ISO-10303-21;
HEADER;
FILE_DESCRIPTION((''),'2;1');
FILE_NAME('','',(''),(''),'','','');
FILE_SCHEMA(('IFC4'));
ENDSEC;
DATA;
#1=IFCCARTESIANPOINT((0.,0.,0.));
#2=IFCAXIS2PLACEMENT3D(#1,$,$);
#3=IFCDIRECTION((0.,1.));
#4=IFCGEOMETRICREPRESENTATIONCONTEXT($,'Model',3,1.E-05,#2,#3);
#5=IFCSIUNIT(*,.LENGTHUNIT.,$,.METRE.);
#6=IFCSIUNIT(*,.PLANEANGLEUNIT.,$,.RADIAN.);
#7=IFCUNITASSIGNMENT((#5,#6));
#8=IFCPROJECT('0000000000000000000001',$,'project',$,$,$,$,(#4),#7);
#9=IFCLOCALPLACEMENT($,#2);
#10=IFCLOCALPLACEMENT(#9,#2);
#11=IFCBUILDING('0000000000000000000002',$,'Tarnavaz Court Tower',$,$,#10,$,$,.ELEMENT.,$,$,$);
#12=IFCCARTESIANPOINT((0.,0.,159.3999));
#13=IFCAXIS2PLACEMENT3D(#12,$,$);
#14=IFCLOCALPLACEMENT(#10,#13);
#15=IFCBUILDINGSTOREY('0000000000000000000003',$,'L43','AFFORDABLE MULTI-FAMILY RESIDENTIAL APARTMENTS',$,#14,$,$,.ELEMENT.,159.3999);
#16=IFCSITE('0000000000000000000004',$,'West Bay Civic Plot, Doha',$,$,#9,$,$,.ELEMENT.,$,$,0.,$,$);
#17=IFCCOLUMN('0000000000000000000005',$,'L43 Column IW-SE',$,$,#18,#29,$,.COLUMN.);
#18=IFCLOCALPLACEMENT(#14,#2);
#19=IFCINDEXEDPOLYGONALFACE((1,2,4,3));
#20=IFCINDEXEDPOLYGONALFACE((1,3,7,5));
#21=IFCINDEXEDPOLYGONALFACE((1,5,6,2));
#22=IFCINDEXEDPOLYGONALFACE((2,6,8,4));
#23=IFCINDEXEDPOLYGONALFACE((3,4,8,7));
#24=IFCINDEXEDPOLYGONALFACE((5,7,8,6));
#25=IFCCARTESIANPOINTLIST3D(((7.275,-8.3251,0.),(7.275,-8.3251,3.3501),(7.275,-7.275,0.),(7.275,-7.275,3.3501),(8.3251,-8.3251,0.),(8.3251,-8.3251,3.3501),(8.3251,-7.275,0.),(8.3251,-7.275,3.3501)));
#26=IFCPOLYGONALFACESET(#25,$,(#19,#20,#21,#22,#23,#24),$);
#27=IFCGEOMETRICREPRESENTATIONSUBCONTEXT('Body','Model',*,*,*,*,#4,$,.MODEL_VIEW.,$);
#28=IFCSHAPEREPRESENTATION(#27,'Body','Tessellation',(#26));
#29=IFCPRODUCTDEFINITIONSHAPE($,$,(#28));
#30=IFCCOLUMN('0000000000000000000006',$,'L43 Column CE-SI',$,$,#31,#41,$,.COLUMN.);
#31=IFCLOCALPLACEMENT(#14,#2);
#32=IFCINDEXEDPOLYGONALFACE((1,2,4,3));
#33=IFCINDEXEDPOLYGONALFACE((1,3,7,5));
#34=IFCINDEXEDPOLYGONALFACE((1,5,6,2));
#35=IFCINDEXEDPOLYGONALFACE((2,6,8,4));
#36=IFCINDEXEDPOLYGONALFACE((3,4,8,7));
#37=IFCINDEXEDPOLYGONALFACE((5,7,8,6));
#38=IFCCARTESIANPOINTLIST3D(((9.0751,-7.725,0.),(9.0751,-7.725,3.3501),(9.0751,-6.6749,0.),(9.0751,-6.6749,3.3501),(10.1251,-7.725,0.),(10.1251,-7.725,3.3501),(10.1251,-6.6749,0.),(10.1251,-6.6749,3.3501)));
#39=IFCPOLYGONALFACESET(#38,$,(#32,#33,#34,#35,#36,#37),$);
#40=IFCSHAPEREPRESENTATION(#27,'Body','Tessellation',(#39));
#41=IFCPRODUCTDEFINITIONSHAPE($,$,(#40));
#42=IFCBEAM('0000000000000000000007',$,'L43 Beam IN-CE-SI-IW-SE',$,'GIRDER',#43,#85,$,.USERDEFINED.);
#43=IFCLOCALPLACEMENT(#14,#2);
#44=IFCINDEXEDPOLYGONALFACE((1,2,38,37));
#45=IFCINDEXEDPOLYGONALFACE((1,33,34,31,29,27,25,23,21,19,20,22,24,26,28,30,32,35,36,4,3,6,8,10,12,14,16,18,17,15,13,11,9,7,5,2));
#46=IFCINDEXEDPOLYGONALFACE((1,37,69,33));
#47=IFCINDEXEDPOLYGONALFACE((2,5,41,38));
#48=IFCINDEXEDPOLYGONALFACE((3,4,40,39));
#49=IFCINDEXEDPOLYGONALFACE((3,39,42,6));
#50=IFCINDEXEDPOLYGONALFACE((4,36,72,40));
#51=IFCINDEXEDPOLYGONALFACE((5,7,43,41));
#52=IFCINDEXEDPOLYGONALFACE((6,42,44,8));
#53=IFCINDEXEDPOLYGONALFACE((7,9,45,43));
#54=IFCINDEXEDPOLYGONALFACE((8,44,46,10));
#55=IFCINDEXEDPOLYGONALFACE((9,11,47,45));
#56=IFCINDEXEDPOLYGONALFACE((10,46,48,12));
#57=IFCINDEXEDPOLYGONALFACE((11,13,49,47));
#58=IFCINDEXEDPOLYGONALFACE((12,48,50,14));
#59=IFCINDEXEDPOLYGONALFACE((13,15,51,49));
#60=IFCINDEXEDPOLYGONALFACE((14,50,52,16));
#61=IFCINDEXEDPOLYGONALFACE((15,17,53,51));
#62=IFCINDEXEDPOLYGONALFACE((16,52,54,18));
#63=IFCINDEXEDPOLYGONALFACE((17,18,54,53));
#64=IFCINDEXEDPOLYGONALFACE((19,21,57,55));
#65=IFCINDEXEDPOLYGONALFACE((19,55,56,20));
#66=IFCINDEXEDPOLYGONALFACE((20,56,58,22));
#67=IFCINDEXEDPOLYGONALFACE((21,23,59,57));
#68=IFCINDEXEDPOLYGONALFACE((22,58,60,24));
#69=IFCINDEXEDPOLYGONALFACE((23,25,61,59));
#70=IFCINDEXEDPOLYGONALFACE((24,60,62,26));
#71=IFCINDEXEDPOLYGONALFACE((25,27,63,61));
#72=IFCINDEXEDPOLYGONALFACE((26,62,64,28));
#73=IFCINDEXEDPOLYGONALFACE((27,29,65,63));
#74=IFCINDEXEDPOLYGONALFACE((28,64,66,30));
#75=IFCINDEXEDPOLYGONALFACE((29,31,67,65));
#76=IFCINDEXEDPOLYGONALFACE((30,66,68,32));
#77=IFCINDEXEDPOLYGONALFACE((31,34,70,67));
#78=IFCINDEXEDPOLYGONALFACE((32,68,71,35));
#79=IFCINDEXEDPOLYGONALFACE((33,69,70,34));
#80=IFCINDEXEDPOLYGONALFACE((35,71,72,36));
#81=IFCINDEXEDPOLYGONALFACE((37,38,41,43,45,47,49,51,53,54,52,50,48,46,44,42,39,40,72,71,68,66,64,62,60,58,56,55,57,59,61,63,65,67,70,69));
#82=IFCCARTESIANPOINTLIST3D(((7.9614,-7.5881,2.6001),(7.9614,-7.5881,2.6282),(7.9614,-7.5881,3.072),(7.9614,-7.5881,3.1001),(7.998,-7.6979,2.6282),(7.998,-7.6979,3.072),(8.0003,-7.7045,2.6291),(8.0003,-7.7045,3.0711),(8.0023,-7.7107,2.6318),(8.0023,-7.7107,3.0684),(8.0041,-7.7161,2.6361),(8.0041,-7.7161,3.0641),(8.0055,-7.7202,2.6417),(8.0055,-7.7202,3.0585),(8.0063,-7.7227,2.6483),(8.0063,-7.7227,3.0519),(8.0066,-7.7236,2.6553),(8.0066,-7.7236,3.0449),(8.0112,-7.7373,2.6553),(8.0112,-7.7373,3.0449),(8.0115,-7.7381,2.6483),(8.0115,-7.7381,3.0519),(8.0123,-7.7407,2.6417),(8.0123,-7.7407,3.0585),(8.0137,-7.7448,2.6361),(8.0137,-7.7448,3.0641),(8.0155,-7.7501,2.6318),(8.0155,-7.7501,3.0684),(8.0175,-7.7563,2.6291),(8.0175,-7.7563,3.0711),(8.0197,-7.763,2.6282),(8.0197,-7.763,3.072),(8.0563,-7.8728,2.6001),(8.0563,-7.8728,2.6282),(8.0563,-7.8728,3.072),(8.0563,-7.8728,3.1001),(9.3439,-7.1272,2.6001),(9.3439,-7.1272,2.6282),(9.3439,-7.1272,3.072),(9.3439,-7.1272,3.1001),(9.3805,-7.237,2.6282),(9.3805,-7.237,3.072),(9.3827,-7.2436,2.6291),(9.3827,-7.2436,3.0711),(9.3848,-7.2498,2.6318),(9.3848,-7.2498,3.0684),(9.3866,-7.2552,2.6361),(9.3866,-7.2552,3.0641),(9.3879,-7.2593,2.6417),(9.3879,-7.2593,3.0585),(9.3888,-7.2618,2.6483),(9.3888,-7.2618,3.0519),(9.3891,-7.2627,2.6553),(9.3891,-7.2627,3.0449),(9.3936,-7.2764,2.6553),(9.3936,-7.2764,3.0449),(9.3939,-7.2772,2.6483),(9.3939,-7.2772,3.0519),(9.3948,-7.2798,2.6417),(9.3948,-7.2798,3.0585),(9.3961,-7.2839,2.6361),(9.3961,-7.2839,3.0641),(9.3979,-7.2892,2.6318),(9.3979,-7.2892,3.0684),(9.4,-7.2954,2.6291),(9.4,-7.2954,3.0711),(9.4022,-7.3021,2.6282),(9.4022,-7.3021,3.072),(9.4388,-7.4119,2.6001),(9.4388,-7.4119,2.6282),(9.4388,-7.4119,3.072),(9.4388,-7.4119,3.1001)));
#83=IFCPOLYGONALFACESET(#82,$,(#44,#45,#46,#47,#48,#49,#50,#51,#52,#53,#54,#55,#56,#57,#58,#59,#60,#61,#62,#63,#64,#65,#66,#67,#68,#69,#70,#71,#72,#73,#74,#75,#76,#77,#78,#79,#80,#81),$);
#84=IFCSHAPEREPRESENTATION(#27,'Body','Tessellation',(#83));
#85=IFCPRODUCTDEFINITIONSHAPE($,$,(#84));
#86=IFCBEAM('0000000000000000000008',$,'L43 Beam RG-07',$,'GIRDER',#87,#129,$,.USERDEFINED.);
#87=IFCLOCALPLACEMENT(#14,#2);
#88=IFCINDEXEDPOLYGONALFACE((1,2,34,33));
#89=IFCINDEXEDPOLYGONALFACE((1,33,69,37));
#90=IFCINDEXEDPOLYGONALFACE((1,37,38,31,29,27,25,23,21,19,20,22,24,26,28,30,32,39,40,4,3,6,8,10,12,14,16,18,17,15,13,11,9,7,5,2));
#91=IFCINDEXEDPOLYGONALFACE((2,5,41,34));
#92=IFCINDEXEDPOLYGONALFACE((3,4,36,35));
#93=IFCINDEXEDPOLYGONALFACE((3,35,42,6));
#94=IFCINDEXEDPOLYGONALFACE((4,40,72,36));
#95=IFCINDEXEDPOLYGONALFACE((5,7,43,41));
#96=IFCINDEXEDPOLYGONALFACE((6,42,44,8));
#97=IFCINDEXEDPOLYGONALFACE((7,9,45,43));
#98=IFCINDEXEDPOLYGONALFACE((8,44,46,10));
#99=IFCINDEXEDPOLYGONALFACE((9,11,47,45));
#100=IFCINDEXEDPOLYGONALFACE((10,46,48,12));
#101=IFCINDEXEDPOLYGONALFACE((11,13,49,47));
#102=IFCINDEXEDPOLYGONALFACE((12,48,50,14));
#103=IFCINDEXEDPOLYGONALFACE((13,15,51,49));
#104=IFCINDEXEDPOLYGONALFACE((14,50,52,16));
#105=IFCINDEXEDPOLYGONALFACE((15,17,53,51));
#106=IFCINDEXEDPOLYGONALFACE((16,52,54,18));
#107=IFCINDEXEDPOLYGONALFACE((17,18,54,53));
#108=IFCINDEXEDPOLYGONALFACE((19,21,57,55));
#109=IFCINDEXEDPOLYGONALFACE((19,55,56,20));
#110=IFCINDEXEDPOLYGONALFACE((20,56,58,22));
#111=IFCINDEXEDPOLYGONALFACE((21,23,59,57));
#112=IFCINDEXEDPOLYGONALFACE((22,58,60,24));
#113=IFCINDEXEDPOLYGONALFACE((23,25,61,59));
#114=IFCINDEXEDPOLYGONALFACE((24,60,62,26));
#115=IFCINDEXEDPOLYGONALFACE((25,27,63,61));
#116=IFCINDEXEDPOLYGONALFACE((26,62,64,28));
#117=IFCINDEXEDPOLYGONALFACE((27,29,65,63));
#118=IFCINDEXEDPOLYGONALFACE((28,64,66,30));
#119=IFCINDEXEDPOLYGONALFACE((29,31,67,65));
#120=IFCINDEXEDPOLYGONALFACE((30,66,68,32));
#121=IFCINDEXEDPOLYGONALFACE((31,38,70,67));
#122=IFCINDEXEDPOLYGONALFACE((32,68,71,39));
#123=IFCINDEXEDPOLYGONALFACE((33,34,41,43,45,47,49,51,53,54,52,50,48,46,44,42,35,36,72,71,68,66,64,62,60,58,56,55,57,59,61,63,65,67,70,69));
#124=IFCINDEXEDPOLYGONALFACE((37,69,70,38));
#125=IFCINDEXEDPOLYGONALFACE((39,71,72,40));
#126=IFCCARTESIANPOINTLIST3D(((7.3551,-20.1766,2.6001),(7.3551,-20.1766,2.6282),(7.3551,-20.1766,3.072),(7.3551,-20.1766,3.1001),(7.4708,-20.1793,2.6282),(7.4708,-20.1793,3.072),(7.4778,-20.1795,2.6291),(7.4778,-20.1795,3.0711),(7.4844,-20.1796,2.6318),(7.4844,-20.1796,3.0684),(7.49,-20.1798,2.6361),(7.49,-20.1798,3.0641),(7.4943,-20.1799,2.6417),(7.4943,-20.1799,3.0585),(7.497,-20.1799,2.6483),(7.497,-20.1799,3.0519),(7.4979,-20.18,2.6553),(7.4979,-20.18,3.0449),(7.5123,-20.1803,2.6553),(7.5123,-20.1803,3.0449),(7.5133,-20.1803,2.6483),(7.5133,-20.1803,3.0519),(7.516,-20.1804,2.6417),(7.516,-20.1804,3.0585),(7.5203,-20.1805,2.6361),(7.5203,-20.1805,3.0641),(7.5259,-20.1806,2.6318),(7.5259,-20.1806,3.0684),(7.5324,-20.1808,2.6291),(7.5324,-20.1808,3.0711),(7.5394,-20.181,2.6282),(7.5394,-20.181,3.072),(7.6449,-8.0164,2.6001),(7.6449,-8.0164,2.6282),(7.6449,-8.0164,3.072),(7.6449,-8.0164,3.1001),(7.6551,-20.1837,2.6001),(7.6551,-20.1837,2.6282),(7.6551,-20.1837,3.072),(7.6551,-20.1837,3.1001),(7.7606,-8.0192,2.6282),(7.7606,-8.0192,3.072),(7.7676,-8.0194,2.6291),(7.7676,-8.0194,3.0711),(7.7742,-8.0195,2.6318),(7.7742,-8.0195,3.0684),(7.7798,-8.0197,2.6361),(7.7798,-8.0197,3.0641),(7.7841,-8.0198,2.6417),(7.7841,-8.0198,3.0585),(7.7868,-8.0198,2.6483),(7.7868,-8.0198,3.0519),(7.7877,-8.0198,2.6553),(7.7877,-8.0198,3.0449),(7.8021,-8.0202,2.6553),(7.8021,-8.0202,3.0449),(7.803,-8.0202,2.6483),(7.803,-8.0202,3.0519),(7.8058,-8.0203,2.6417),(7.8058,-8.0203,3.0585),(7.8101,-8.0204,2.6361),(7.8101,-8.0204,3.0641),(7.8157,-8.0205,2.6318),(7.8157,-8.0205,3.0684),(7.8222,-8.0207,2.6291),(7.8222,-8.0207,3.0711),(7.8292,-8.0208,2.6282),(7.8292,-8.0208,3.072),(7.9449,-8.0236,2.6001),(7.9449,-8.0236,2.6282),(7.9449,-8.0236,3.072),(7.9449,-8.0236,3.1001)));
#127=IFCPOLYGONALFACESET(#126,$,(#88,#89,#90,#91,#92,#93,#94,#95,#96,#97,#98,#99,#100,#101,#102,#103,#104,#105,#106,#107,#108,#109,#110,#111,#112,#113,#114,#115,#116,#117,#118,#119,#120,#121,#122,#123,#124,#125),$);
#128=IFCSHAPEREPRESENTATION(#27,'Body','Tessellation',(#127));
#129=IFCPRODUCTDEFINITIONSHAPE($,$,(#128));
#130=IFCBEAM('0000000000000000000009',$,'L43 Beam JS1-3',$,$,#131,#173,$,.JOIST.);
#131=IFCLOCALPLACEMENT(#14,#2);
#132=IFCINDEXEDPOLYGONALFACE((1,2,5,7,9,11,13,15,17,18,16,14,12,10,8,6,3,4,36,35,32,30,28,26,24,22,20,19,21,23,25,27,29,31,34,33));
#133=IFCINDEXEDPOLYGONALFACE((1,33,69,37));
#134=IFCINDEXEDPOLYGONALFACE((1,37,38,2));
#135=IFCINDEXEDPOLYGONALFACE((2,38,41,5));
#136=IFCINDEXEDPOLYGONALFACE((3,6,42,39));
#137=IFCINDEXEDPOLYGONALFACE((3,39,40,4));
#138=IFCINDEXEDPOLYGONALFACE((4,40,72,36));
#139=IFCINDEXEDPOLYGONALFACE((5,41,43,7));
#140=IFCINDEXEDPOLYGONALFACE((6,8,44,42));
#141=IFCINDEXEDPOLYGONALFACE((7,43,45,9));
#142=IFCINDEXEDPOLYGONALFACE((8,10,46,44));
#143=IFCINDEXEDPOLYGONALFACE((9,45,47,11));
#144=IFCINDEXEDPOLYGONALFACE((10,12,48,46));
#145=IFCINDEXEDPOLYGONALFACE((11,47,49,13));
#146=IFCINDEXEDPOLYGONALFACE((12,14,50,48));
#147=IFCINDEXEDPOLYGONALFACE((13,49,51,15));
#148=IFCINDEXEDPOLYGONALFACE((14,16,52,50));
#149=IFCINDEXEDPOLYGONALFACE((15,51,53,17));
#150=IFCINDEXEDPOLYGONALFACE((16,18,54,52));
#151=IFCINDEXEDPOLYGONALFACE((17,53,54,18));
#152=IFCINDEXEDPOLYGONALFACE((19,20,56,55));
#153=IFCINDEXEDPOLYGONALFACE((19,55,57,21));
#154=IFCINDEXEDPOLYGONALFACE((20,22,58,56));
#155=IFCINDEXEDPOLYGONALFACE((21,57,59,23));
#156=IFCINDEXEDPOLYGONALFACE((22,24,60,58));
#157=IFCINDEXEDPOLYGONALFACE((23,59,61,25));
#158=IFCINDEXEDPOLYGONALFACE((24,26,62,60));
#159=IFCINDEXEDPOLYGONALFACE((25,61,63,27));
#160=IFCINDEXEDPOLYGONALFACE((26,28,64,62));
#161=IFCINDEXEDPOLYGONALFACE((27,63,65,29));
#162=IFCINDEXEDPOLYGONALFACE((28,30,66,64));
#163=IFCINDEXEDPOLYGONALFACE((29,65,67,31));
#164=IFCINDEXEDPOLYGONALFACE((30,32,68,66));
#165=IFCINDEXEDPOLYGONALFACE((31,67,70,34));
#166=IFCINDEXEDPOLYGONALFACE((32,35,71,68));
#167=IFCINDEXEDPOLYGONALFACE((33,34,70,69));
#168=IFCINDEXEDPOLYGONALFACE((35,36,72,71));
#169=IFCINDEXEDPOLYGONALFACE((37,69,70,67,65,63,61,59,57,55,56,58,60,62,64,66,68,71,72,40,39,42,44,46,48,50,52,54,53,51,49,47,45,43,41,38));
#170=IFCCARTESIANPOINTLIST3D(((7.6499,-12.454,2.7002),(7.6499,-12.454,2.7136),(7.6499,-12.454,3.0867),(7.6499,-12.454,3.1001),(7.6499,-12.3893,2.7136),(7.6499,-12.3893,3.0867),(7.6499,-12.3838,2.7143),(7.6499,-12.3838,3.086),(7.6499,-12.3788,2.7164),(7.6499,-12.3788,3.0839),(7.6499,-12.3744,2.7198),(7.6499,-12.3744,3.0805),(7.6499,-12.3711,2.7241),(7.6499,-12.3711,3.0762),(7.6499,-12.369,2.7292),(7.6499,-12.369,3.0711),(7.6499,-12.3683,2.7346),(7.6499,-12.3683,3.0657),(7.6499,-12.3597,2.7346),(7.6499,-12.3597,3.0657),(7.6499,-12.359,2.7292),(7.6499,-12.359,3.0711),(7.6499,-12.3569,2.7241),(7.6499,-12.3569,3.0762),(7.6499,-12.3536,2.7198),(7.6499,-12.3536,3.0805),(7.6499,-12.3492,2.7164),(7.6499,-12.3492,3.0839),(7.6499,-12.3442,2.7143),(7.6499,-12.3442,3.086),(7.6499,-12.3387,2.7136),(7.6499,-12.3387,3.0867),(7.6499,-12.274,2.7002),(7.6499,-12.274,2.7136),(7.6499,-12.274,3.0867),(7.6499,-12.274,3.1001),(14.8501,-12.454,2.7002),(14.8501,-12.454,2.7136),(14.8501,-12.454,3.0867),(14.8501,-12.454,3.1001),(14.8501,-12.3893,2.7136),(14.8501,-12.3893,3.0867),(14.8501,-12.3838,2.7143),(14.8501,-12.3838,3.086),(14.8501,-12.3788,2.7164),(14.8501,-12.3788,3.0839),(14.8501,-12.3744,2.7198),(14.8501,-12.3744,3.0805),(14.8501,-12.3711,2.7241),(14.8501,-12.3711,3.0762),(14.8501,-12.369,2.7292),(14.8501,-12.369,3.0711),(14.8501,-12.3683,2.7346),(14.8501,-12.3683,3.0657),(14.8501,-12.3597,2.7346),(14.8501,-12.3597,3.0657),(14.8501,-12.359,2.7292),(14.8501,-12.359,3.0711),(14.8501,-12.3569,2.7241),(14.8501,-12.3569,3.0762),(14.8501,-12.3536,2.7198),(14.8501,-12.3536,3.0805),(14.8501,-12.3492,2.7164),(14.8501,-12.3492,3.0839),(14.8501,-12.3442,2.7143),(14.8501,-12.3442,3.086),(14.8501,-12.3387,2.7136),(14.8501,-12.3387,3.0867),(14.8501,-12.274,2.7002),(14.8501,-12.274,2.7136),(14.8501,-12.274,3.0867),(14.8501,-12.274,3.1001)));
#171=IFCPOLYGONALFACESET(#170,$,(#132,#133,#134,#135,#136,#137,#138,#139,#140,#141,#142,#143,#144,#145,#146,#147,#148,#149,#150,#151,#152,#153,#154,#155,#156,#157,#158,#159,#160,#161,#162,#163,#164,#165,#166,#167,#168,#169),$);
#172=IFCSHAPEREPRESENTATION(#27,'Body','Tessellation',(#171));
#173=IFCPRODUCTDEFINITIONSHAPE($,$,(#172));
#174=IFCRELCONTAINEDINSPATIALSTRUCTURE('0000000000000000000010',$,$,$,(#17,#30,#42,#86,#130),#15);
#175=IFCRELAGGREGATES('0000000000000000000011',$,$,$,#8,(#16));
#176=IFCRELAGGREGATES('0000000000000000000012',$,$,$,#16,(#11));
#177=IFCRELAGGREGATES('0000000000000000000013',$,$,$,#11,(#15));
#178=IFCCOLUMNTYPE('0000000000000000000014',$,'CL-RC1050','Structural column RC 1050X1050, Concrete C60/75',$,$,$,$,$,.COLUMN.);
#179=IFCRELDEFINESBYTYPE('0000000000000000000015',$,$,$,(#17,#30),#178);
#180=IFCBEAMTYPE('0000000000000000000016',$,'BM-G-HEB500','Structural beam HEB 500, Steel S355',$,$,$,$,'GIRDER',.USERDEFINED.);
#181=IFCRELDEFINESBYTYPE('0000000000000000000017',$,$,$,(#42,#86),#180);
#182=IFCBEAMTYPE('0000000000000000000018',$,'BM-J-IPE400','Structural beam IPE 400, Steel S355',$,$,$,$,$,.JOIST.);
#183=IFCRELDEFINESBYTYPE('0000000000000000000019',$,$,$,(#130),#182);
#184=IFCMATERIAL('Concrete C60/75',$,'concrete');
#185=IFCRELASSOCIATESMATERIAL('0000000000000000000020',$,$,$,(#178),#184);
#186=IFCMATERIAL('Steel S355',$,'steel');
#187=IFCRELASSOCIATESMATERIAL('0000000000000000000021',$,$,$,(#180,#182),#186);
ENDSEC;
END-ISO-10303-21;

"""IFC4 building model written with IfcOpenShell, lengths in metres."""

from ifc_helpers import new_model, si_unit, direction, frame, origin, origin_2d, place, context, subcontext, project, spatial, rectangle, i_section, extrude, material, material_profile, profile_set, type_object, element, save


model = new_model("IFC4")

# Units and contexts
model_context = context("Model", 3, precision=1e-05, world=origin(), true_north=direction((0.0, 1.0)))
body_context = subcontext(model_context, "Body", "Model", "MODEL_VIEW")
ifc_project = project(units=[si_unit("LENGTHUNIT", "METRE"), si_unit("PLANEANGLEUNIT", "RADIAN")], contexts=[model_context])

# Site, building, storey
site_placement = place(None, origin())
site = spatial("IfcSite", under=ifc_project, at=site_placement, Name="West Bay Civic Plot, Doha", CompositionType="ELEMENT", RefElevation=0.0)
building_placement = place(site_placement, origin())
building = spatial("IfcBuilding", under=site, at=building_placement, Name="Tarnavaz Court Tower", CompositionType="ELEMENT")
storey_placement = place(building_placement, frame((0.0, 0.0, 159.3999)))
storey = spatial("IfcBuildingStorey", under=building, at=storey_placement, Name="L43", Description="AFFORDABLE MULTI-FAMILY RESIDENTIAL APARTMENTS", CompositionType="ELEMENT", Elevation=159.3999)

# Columns
ifc_material_1 = material(Name="Concrete C60/75", Category="concrete")
ifc_material_profile_1 = material_profile(ifc_material_1, rectangle(XDim=1.05, YDim=1.05, at=origin_2d()), Name="RC 1050X1050")
ifc_profile_set_1 = profile_set([ifc_material_profile_1], Name="Concrete C60/75")
column_type = type_object("IfcColumnType", Name="CL-RC1050", Description="Structural column RC 1050X1050, Concrete C60/75", PredefinedType="COLUMN", material=ifc_profile_set_1)
for number, where, z_axis, x_axis, name in (
    (1, (7.8, -7.8, 0.0), (0.0, 0.0, 1.0), (1.0, 0.0, 0.0), "L43 Column IW-SE"),
    (2, (9.6001, -7.2, 0.0), (0.0, 0.0, 1.0), (1.0, 0.0, 0.0), "L43 Column CE-SI"),
):
    element("IfcColumn", number, at=place(storey_placement, frame(where, z_axis=z_axis, x_axis=x_axis)), inside=storey, type_object=column_type, Name=name, PredefinedType="COLUMN", context=body_context, shape_type="SweptSolid", body=[
        extrude(rectangle(XDim=1.05, YDim=1.05, at=origin_2d()), origin(), (0.0, 0.0, 1.0), 3.3501),
    ])

# Beams
ifc_material_2 = material(Name="Steel S355", Category="steel")
ifc_material_profile_2 = material_profile(ifc_material_2, i_section(OverallWidth=0.3, OverallDepth=0.5, WebThickness=0.0144, FlangeThickness=0.0281, FilletRadius=0.0271, at=origin_2d()), Name="HEB 500")
ifc_profile_set_2 = profile_set([ifc_material_profile_2], Name="Steel S355")
beam_type_1 = type_object("IfcBeamType", Name="BM-G-HEB500", Description="Structural beam HEB 500, Steel S355", ElementType="GIRDER", PredefinedType="USERDEFINED", material=ifc_profile_set_2)
beam_1_placement = place(storey_placement, frame((9.3914, -7.2695, 2.8501), z_axis=(-0.948667, -0.316278, 0.0), x_axis=(0.316278, -0.948667, 0.0)))
element("IfcBeam", 3, at=beam_1_placement, inside=storey, type_object=beam_type_1, Name="L43 Beam IN-CE-SI-IW-SE", ObjectType="GIRDER", PredefinedType="USERDEFINED", context=body_context, shape_type="SweptSolid", body=[
    extrude(i_section(OverallWidth=0.3, OverallDepth=0.5, WebThickness=0.0144, FlangeThickness=0.0281, FilletRadius=0.0271, at=origin_2d()), origin(), (0.0, 0.0, 1.0), 1.4573),
])
beam_2_placement = place(storey_placement, frame((7.7949, -8.02, 2.8501), z_axis=(-0.023825, -0.999716, 0.0), x_axis=(0.999716, -0.023825, 0.0)))
element("IfcBeam", 4, at=beam_2_placement, inside=storey, type_object=beam_type_1, Name="L43 Beam RG-07", ObjectType="GIRDER", PredefinedType="USERDEFINED", context=body_context, shape_type="SweptSolid", body=[
    extrude(i_section(OverallWidth=0.3, OverallDepth=0.5, WebThickness=0.0144, FlangeThickness=0.0281, FilletRadius=0.0271, at=origin_2d()), origin(), (0.0, 0.0, 1.0), 12.1636),
])
ifc_material_profile_3 = material_profile(ifc_material_2, i_section(OverallWidth=0.1799, OverallDepth=0.3999, WebThickness=0.0085, FlangeThickness=0.0134, FilletRadius=0.021, at=origin_2d()), Name="IPE 400")
ifc_profile_set_3 = profile_set([ifc_material_profile_3], Name="Steel S355")
beam_type_2 = type_object("IfcBeamType", Name="BM-J-IPE400", Description="Structural beam IPE 400, Steel S355", PredefinedType="JOIST", material=ifc_profile_set_3)
for number, where, z_axis, x_axis, name in (
    (5, (7.6499, -12.364, 2.9001), (1.0, 0.0, 0.0), (0.0, 1.0, 0.0), "L43 Beam JS1-3"),
):
    element("IfcBeam", number, at=place(storey_placement, frame(where, z_axis=z_axis, x_axis=x_axis)), inside=storey, type_object=beam_type_2, Name=name, PredefinedType="JOIST", context=body_context, shape_type="SweptSolid", body=[
        extrude(i_section(OverallWidth=0.1799, OverallDepth=0.3999, WebThickness=0.0085, FlangeThickness=0.0134, FilletRadius=0.021, at=origin_2d()), origin(), (0.0, 0.0, 1.0), 7.2002),
    ])

save(model, "model.ifc")
